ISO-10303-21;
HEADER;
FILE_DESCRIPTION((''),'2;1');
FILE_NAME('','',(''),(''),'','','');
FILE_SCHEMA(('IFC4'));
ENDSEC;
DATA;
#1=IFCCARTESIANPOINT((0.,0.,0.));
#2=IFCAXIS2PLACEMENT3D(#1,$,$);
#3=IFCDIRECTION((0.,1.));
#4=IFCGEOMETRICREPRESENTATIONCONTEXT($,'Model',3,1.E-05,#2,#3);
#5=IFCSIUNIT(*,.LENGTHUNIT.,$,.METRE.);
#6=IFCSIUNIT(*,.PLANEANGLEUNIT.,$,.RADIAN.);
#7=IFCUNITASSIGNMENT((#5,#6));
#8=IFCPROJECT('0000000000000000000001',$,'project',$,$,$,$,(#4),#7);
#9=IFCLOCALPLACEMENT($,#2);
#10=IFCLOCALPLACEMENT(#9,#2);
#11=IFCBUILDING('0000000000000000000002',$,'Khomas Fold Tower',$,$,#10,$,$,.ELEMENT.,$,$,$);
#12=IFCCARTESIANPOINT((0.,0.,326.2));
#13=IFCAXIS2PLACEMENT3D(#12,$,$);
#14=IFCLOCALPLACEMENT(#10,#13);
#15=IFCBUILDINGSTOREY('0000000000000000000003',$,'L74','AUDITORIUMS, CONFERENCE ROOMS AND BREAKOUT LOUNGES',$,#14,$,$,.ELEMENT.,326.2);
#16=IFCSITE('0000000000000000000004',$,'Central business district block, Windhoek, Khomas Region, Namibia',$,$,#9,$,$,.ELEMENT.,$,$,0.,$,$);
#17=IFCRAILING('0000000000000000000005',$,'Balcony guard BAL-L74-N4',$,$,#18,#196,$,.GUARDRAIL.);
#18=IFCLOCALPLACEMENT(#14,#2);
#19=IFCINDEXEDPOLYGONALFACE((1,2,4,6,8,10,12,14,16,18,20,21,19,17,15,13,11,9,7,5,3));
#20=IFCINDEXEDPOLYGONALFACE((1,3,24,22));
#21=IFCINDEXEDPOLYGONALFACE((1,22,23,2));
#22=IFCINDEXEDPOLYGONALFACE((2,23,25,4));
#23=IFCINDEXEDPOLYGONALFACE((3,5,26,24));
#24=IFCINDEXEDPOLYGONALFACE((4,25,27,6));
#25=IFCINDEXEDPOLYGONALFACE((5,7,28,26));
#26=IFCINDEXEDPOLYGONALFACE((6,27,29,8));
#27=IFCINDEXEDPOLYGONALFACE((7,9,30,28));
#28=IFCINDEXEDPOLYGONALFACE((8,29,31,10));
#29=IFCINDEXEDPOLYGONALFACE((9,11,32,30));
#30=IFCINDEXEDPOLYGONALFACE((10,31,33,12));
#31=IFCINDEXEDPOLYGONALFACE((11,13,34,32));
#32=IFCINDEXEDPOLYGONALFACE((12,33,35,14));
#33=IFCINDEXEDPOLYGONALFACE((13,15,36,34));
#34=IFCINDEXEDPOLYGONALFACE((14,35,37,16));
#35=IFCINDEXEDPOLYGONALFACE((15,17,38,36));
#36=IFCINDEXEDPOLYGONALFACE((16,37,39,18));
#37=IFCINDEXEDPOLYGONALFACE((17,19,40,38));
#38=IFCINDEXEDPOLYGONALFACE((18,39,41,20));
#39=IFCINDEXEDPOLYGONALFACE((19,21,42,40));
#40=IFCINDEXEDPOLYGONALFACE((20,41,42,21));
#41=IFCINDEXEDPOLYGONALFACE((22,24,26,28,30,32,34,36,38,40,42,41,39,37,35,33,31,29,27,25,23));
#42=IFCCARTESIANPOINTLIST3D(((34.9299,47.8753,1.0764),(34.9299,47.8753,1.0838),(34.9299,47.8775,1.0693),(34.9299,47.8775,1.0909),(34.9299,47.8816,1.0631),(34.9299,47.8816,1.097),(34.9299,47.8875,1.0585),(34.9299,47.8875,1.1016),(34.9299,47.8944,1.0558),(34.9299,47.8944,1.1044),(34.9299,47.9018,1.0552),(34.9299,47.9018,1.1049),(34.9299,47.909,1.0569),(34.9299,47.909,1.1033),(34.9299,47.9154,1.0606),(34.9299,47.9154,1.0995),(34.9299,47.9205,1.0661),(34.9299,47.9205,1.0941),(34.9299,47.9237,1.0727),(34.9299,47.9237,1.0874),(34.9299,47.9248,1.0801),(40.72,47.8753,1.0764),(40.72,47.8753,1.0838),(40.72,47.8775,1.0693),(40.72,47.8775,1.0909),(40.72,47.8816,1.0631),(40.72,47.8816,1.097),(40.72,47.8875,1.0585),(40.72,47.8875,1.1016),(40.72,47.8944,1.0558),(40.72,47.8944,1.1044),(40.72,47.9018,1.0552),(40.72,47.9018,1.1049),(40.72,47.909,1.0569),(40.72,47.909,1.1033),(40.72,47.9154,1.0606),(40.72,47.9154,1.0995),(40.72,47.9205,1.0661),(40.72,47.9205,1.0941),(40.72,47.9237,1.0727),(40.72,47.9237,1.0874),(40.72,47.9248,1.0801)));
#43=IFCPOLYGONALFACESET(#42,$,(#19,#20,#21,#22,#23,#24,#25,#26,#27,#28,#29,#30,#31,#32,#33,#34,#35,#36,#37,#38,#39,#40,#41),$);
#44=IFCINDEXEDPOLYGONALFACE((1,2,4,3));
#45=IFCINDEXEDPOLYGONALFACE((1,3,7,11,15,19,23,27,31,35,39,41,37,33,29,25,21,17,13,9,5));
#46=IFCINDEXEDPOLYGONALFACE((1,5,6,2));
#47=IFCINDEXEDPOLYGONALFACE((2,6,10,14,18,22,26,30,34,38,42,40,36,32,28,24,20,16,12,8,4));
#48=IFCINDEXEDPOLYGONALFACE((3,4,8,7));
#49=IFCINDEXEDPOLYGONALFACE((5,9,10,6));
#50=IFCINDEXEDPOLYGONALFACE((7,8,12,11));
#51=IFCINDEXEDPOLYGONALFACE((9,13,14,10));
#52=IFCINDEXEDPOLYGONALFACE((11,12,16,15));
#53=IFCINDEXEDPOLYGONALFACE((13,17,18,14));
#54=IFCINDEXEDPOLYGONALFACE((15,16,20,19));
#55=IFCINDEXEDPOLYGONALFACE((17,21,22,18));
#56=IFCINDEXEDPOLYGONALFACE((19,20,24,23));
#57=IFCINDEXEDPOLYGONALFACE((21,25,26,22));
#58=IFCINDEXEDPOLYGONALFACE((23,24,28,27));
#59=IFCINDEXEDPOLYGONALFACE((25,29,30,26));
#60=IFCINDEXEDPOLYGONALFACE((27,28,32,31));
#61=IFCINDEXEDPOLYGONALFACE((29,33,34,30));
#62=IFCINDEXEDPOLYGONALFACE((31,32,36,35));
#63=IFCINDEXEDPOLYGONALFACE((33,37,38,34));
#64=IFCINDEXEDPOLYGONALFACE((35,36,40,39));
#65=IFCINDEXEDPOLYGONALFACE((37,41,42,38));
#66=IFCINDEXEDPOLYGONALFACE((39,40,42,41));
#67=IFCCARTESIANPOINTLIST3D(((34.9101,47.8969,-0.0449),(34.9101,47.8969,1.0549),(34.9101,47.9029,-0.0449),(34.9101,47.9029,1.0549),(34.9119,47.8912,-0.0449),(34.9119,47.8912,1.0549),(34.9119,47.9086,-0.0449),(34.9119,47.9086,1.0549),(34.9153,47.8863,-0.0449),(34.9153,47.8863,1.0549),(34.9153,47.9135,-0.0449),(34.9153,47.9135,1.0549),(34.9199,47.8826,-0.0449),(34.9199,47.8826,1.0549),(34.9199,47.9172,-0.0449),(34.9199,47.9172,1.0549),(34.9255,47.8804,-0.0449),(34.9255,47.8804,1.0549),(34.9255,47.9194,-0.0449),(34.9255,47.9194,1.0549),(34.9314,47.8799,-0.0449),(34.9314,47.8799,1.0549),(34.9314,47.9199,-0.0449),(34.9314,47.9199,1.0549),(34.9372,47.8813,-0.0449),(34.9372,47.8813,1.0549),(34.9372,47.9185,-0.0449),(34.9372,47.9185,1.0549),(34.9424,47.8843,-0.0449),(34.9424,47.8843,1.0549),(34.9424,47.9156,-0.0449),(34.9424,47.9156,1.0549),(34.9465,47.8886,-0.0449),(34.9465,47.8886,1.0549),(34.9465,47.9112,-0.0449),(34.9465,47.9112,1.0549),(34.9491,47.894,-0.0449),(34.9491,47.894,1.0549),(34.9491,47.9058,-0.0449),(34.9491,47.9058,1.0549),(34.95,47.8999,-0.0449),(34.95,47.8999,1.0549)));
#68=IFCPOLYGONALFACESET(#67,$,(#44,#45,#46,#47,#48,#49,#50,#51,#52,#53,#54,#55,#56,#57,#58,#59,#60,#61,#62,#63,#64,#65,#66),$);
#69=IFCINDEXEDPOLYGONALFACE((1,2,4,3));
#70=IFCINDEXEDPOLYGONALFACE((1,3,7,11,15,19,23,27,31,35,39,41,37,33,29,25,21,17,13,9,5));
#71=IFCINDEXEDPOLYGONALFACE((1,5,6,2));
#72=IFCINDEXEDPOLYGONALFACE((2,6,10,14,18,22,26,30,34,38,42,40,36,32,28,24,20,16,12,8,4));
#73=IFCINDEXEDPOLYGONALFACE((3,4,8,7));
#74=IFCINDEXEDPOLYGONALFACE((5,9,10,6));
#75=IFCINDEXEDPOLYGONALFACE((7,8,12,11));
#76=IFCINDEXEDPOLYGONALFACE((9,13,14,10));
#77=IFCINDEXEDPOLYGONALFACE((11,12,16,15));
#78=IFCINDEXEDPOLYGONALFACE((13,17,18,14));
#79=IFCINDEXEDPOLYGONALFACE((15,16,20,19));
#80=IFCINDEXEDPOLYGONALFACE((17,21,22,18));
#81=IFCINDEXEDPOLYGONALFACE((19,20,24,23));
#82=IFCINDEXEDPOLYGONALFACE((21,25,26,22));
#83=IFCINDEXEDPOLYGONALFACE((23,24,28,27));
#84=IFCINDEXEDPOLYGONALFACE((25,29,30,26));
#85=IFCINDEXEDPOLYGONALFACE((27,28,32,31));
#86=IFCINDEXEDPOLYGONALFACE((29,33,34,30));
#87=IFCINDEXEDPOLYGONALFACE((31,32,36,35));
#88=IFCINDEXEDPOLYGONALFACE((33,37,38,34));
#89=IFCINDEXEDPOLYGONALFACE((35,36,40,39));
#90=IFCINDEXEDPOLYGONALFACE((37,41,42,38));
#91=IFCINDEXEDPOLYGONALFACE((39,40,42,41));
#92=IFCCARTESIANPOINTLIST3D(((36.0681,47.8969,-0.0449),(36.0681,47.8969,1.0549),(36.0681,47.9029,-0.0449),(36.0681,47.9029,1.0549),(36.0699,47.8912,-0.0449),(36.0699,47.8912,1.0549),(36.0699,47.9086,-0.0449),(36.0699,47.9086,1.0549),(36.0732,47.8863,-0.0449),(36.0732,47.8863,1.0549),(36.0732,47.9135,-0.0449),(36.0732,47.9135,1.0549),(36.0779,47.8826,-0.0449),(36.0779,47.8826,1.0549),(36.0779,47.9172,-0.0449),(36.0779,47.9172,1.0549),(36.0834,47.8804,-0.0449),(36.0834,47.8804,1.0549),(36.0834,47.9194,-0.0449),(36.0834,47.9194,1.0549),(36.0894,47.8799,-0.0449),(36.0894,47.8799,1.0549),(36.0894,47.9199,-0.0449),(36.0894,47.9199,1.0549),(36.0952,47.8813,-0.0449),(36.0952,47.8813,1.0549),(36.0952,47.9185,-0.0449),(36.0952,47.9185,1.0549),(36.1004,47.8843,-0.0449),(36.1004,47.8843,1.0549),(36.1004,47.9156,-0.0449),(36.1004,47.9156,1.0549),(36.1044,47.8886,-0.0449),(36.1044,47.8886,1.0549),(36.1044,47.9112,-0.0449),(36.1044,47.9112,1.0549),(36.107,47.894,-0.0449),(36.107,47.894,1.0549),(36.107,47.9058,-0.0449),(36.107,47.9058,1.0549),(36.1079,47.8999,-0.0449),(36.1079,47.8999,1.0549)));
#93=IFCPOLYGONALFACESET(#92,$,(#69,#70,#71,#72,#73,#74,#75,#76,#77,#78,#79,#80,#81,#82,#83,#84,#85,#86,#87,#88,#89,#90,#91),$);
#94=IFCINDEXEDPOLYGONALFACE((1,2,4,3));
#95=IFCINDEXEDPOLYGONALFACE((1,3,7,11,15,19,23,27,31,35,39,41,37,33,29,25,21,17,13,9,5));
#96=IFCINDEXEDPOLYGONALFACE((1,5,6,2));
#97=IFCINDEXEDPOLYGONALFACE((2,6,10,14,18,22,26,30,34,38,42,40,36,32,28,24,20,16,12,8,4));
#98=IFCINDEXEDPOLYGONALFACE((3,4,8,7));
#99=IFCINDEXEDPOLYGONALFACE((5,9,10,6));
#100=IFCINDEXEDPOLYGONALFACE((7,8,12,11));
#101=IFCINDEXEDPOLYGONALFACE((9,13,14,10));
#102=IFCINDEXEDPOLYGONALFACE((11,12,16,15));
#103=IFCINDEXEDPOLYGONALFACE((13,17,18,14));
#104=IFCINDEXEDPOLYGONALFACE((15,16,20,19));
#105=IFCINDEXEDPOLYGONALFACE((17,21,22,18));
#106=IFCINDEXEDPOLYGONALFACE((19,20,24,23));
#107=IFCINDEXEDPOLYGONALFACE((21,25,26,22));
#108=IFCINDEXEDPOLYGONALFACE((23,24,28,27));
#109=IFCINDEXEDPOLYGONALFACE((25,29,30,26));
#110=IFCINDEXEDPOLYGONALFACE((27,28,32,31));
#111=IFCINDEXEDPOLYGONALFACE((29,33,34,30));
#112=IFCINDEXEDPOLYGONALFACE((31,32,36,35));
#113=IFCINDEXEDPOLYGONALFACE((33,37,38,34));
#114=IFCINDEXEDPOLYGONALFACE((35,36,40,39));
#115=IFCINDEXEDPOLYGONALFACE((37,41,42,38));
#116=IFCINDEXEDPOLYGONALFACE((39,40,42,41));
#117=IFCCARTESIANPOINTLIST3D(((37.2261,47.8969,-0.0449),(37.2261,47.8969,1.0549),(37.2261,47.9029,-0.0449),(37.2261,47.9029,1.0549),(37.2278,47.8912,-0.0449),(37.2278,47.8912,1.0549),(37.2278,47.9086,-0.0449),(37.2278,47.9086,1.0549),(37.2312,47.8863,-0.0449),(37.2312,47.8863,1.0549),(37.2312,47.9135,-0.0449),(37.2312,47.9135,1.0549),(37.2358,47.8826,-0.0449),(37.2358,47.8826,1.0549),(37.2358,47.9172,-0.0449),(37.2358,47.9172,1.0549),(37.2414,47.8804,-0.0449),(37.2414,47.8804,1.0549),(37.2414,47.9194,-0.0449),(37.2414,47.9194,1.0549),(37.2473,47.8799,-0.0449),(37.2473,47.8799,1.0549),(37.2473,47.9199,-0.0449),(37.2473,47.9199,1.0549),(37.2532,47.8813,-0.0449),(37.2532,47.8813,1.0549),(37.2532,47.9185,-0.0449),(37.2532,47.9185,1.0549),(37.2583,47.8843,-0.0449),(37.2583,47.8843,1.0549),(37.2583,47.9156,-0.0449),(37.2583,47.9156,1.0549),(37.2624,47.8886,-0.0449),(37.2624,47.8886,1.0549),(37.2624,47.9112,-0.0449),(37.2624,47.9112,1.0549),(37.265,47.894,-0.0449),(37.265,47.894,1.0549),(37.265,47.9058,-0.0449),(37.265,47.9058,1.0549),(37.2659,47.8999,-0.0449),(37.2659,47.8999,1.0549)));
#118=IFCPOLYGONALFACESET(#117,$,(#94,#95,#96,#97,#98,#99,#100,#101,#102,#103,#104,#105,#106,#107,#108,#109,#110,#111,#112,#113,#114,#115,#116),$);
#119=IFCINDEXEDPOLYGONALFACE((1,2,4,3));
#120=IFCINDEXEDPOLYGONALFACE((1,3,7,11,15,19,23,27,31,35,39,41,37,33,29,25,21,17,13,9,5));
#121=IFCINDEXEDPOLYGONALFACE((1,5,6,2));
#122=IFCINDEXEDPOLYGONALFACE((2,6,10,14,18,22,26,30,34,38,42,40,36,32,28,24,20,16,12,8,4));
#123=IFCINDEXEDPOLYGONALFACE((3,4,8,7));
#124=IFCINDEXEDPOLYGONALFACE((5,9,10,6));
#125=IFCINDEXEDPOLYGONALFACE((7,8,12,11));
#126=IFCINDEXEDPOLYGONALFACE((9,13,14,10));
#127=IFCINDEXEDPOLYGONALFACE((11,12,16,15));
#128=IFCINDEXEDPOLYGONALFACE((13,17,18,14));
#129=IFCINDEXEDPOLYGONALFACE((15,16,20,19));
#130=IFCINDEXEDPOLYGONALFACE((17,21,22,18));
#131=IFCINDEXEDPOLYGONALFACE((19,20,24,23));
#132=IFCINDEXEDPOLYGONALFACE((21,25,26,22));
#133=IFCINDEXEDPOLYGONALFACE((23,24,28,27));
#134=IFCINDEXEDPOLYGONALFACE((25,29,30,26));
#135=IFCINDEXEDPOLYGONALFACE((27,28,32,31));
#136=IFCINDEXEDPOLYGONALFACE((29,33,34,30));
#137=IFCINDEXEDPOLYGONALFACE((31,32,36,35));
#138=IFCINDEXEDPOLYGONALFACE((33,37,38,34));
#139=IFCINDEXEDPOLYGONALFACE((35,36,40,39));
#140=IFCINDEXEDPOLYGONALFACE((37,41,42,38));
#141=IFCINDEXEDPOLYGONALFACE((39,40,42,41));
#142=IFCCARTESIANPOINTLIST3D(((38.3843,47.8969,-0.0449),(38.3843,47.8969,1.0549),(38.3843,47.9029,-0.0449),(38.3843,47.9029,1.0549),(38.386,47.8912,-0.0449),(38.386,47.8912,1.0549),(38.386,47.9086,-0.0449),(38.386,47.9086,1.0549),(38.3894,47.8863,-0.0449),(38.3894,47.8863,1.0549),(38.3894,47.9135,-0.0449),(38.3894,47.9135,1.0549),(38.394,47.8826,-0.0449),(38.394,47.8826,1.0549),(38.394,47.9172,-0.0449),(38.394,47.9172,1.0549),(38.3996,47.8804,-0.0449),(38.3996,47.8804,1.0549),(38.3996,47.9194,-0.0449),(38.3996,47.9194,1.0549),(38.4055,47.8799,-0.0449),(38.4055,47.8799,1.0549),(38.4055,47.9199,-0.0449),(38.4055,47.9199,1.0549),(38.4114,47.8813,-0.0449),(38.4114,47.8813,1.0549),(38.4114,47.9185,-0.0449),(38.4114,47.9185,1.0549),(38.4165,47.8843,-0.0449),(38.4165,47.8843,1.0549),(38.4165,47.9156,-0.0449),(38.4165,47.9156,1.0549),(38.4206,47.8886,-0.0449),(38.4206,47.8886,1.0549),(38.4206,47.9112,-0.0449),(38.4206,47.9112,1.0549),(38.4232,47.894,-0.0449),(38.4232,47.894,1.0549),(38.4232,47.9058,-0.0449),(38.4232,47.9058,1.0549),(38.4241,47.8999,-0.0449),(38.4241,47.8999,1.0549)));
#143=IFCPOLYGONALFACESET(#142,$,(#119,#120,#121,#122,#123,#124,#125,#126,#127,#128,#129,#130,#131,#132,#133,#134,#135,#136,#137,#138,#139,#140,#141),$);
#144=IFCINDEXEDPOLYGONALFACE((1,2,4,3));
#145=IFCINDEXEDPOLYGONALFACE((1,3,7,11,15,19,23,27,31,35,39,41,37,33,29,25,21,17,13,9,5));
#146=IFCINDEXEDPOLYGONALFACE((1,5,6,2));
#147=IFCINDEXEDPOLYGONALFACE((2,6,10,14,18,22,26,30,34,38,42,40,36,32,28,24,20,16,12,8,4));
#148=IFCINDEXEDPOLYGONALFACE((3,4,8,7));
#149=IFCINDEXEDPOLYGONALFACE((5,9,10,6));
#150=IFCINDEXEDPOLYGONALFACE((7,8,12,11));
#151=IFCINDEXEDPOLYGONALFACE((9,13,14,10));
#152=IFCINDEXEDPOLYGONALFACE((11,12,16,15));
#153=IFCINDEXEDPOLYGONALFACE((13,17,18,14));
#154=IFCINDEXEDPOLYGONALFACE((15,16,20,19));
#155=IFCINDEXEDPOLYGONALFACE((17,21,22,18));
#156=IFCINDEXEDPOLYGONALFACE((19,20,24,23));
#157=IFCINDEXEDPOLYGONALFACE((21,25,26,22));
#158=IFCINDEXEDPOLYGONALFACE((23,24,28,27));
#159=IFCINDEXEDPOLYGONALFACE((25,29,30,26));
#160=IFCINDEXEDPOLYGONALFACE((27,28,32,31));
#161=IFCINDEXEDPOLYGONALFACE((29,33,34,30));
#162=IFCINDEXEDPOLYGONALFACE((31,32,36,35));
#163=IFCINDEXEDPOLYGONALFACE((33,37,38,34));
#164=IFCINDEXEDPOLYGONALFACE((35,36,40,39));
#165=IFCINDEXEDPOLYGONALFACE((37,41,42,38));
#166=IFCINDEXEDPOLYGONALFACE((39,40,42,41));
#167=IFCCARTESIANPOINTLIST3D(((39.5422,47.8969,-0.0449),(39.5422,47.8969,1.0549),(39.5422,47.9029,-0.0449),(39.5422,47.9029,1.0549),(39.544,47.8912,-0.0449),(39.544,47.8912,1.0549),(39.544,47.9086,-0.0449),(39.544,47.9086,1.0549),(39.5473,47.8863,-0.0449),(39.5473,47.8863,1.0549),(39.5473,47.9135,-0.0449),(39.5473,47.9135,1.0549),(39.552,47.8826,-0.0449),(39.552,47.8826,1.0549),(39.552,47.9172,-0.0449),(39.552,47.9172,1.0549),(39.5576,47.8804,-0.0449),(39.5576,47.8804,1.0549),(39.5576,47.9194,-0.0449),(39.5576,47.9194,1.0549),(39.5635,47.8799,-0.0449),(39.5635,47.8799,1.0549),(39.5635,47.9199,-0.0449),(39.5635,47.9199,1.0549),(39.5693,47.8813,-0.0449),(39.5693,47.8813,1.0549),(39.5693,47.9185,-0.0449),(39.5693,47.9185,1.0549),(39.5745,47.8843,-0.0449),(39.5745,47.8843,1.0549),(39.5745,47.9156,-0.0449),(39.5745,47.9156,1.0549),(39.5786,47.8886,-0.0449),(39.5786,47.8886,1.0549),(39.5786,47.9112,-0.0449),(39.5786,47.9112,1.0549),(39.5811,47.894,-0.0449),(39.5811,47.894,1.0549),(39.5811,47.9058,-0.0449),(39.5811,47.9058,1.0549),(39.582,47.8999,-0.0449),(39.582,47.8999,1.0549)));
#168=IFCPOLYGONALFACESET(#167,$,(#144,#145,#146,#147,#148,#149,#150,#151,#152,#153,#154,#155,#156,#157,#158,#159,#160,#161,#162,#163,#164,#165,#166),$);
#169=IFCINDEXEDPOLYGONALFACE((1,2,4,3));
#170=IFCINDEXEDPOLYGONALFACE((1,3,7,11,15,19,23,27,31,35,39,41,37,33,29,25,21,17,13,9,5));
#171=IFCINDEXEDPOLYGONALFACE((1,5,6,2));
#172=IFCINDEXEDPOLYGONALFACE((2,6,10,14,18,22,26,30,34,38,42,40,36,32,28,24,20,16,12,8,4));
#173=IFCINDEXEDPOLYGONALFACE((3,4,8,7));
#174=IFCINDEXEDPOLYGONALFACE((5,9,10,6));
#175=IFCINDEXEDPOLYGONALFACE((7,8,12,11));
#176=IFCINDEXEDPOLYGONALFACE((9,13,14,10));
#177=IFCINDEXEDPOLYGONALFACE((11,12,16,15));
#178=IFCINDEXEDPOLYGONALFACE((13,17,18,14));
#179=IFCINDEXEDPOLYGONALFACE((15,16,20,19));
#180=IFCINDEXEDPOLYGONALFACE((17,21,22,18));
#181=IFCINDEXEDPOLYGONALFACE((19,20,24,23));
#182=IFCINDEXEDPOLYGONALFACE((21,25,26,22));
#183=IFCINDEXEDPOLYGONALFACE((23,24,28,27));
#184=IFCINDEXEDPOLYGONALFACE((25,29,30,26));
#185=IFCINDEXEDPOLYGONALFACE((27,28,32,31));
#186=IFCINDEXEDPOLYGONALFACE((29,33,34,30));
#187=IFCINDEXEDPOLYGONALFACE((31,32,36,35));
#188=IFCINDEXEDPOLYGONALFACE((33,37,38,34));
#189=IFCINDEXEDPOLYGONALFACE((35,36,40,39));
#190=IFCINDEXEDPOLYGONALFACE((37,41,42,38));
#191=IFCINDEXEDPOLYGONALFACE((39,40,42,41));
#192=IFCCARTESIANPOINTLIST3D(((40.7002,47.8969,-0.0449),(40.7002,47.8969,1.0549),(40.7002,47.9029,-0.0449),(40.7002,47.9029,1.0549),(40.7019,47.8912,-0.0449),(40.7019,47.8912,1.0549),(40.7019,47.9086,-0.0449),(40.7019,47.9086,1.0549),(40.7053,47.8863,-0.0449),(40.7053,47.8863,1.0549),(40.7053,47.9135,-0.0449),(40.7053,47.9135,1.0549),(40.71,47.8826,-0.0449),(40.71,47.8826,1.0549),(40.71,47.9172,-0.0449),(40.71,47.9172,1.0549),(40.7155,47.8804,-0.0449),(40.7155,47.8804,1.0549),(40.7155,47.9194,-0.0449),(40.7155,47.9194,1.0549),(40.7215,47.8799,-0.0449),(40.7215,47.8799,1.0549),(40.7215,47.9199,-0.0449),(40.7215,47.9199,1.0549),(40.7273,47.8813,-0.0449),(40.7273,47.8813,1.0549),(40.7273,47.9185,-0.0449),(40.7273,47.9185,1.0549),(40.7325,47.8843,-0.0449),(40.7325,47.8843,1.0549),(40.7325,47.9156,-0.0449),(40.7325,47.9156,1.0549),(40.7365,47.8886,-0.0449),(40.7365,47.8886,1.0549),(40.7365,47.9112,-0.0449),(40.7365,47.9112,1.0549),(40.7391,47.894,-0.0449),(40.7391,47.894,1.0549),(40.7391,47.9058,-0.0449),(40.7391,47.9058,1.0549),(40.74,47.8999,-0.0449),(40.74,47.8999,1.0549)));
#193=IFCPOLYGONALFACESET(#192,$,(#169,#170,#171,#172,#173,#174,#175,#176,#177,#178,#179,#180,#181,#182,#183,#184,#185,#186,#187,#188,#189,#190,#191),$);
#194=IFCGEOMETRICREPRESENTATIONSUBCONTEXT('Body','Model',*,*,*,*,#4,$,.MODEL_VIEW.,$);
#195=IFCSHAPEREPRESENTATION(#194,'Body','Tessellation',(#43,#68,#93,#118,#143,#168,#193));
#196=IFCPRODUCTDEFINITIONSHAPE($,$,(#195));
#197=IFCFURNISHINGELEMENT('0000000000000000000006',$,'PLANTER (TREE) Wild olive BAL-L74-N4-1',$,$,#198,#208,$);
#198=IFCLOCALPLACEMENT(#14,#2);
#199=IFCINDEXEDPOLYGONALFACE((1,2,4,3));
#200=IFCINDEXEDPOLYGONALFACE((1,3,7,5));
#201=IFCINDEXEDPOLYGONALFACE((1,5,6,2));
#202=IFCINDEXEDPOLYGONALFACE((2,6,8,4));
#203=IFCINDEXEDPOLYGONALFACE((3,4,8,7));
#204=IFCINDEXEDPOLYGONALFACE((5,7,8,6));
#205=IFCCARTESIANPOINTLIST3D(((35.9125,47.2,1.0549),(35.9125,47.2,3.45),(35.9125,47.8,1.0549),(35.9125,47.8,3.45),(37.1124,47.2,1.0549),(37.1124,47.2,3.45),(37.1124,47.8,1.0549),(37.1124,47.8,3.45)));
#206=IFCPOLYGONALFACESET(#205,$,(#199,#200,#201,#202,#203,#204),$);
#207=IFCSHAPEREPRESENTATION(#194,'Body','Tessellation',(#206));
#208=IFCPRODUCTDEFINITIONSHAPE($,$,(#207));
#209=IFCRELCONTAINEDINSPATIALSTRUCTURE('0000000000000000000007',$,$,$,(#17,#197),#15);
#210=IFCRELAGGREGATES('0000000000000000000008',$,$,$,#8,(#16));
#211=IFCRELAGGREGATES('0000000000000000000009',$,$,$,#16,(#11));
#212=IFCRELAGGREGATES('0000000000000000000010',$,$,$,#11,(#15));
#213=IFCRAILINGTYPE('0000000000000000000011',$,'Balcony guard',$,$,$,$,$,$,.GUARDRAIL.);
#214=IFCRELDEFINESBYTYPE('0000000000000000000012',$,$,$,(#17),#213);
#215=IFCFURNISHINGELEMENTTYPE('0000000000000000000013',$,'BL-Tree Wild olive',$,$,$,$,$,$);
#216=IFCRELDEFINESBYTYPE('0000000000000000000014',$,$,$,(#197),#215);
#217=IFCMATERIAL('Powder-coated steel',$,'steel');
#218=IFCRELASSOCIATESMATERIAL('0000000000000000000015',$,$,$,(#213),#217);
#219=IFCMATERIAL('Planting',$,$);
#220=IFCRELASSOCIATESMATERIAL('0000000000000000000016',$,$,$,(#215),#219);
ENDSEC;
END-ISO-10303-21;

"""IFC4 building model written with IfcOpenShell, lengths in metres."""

from ifc_helpers import new_model, si_unit, direction, frame, origin, origin_2d, place, context, subcontext, project, spatial, rectangle, circle, extrude, source, transform, mapped, material, type_object, element, save


model = new_model("IFC4")

# Units and contexts
model_context = context("Model", 3, precision=1e-05, world=origin(), true_north=direction((0.0, 1.0)))
body_context = subcontext(model_context, "Body", "Model", "MODEL_VIEW")
ifc_project = project(units=[si_unit("LENGTHUNIT", "METRE"), si_unit("PLANEANGLEUNIT", "RADIAN")], contexts=[model_context])

# Site, building, storey
site_placement = place(None, origin())
site = spatial("IfcSite", under=ifc_project, at=site_placement, Name="Central business district block, Windhoek, Khomas Region, Namibia", CompositionType="ELEMENT", RefElevation=0.0)
building_placement = place(site_placement, origin())
building = spatial("IfcBuilding", under=site, at=building_placement, Name="Khomas Fold Tower", CompositionType="ELEMENT")
storey_placement = place(building_placement, frame((0.0, 0.0, 326.2)))
storey = spatial("IfcBuildingStorey", under=building, at=storey_placement, Name="L74", Description="AUDITORIUMS, CONFERENCE ROOMS AND BREAKOUT LOUNGES", CompositionType="ELEMENT", Elevation=326.2)

# Railing
ifc_material_1 = material(Name="Powder-coated steel", Category="steel")
railing_type = type_object("IfcRailingType", Name="Balcony guard", PredefinedType="GUARDRAIL", material=ifc_material_1)
shared_shape_1 = source(origin(), body_context, "Body", "SweptSolid", [
    extrude(circle(Radius=0.0249, at=origin_2d()), frame((0.0, 0.0, 1.125), z_axis=(1.0, 0.0, 0.0), x_axis=(0.0, 1.0, 0.0)), (0.0, 0.0, 1.0), 5.79),
    extrude(circle(Radius=0.02, at=origin_2d()), origin(), (0.0, 0.0, 1.0), 1.0999),
    extrude(circle(Radius=0.02, at=origin_2d()), frame((1.158, 0.0, 0.0)), (0.0, 0.0, 1.0), 1.0999),
    extrude(circle(Radius=0.02, at=origin_2d()), frame((2.3159, 0.0, 0.0)), (0.0, 0.0, 1.0), 1.0999),
    extrude(circle(Radius=0.02, at=origin_2d()), frame((3.4741, 0.0, 0.0)), (0.0, 0.0, 1.0), 1.0999),
    extrude(circle(Radius=0.02, at=origin_2d()), frame((4.6321, 0.0, 0.0)), (0.0, 0.0, 1.0), 1.0999),
    extrude(circle(Radius=0.02, at=origin_2d()), frame((5.79, 0.0, 0.0)), (0.0, 0.0, 1.0), 1.0999),
])
railing_placement = place(storey_placement, frame((34.9299, 47.8999, -0.0449)))
element("IfcRailing", 1, at=railing_placement, inside=storey, type_object=railing_type, Name="Balcony guard BAL-L74-N4", PredefinedType="GUARDRAIL", context=body_context, shape_type="MappedRepresentation", body=[
    mapped(shared_shape_1, transform((0.0, 0.0, 0.0))),
])

# Furnishing element
ifc_material_2 = material(Name="Planting")
furnishing_element_type_1 = type_object("IfcFurnishingElementType", Name="BL-Tree Wild olive", material=ifc_material_2)
shared_shape_2 = source(origin(), body_context, "Body", "SweptSolid", [
    extrude(rectangle(XDim=1.2, YDim=0.6001, at=origin_2d()), origin(), (0.0, 0.0, 1.0), 2.395),
])
furnishing_1_placement = place(storey_placement, frame((36.5125, 47.5, 1.0549), z_axis=(0.0, 0.0, 1.0), x_axis=(1.0, 0.0, 0.0)))
element("IfcFurnishingElement", 2, at=furnishing_1_placement, inside=storey, type_object=furnishing_element_type_1, Name="PLANTER (TREE) Wild olive BAL-L74-N4-1", context=body_context, shape_type="MappedRepresentation", body=[
    mapped(shared_shape_2, transform((0.0, 0.0, 0.0))),
])

save(model, "model.ifc")
